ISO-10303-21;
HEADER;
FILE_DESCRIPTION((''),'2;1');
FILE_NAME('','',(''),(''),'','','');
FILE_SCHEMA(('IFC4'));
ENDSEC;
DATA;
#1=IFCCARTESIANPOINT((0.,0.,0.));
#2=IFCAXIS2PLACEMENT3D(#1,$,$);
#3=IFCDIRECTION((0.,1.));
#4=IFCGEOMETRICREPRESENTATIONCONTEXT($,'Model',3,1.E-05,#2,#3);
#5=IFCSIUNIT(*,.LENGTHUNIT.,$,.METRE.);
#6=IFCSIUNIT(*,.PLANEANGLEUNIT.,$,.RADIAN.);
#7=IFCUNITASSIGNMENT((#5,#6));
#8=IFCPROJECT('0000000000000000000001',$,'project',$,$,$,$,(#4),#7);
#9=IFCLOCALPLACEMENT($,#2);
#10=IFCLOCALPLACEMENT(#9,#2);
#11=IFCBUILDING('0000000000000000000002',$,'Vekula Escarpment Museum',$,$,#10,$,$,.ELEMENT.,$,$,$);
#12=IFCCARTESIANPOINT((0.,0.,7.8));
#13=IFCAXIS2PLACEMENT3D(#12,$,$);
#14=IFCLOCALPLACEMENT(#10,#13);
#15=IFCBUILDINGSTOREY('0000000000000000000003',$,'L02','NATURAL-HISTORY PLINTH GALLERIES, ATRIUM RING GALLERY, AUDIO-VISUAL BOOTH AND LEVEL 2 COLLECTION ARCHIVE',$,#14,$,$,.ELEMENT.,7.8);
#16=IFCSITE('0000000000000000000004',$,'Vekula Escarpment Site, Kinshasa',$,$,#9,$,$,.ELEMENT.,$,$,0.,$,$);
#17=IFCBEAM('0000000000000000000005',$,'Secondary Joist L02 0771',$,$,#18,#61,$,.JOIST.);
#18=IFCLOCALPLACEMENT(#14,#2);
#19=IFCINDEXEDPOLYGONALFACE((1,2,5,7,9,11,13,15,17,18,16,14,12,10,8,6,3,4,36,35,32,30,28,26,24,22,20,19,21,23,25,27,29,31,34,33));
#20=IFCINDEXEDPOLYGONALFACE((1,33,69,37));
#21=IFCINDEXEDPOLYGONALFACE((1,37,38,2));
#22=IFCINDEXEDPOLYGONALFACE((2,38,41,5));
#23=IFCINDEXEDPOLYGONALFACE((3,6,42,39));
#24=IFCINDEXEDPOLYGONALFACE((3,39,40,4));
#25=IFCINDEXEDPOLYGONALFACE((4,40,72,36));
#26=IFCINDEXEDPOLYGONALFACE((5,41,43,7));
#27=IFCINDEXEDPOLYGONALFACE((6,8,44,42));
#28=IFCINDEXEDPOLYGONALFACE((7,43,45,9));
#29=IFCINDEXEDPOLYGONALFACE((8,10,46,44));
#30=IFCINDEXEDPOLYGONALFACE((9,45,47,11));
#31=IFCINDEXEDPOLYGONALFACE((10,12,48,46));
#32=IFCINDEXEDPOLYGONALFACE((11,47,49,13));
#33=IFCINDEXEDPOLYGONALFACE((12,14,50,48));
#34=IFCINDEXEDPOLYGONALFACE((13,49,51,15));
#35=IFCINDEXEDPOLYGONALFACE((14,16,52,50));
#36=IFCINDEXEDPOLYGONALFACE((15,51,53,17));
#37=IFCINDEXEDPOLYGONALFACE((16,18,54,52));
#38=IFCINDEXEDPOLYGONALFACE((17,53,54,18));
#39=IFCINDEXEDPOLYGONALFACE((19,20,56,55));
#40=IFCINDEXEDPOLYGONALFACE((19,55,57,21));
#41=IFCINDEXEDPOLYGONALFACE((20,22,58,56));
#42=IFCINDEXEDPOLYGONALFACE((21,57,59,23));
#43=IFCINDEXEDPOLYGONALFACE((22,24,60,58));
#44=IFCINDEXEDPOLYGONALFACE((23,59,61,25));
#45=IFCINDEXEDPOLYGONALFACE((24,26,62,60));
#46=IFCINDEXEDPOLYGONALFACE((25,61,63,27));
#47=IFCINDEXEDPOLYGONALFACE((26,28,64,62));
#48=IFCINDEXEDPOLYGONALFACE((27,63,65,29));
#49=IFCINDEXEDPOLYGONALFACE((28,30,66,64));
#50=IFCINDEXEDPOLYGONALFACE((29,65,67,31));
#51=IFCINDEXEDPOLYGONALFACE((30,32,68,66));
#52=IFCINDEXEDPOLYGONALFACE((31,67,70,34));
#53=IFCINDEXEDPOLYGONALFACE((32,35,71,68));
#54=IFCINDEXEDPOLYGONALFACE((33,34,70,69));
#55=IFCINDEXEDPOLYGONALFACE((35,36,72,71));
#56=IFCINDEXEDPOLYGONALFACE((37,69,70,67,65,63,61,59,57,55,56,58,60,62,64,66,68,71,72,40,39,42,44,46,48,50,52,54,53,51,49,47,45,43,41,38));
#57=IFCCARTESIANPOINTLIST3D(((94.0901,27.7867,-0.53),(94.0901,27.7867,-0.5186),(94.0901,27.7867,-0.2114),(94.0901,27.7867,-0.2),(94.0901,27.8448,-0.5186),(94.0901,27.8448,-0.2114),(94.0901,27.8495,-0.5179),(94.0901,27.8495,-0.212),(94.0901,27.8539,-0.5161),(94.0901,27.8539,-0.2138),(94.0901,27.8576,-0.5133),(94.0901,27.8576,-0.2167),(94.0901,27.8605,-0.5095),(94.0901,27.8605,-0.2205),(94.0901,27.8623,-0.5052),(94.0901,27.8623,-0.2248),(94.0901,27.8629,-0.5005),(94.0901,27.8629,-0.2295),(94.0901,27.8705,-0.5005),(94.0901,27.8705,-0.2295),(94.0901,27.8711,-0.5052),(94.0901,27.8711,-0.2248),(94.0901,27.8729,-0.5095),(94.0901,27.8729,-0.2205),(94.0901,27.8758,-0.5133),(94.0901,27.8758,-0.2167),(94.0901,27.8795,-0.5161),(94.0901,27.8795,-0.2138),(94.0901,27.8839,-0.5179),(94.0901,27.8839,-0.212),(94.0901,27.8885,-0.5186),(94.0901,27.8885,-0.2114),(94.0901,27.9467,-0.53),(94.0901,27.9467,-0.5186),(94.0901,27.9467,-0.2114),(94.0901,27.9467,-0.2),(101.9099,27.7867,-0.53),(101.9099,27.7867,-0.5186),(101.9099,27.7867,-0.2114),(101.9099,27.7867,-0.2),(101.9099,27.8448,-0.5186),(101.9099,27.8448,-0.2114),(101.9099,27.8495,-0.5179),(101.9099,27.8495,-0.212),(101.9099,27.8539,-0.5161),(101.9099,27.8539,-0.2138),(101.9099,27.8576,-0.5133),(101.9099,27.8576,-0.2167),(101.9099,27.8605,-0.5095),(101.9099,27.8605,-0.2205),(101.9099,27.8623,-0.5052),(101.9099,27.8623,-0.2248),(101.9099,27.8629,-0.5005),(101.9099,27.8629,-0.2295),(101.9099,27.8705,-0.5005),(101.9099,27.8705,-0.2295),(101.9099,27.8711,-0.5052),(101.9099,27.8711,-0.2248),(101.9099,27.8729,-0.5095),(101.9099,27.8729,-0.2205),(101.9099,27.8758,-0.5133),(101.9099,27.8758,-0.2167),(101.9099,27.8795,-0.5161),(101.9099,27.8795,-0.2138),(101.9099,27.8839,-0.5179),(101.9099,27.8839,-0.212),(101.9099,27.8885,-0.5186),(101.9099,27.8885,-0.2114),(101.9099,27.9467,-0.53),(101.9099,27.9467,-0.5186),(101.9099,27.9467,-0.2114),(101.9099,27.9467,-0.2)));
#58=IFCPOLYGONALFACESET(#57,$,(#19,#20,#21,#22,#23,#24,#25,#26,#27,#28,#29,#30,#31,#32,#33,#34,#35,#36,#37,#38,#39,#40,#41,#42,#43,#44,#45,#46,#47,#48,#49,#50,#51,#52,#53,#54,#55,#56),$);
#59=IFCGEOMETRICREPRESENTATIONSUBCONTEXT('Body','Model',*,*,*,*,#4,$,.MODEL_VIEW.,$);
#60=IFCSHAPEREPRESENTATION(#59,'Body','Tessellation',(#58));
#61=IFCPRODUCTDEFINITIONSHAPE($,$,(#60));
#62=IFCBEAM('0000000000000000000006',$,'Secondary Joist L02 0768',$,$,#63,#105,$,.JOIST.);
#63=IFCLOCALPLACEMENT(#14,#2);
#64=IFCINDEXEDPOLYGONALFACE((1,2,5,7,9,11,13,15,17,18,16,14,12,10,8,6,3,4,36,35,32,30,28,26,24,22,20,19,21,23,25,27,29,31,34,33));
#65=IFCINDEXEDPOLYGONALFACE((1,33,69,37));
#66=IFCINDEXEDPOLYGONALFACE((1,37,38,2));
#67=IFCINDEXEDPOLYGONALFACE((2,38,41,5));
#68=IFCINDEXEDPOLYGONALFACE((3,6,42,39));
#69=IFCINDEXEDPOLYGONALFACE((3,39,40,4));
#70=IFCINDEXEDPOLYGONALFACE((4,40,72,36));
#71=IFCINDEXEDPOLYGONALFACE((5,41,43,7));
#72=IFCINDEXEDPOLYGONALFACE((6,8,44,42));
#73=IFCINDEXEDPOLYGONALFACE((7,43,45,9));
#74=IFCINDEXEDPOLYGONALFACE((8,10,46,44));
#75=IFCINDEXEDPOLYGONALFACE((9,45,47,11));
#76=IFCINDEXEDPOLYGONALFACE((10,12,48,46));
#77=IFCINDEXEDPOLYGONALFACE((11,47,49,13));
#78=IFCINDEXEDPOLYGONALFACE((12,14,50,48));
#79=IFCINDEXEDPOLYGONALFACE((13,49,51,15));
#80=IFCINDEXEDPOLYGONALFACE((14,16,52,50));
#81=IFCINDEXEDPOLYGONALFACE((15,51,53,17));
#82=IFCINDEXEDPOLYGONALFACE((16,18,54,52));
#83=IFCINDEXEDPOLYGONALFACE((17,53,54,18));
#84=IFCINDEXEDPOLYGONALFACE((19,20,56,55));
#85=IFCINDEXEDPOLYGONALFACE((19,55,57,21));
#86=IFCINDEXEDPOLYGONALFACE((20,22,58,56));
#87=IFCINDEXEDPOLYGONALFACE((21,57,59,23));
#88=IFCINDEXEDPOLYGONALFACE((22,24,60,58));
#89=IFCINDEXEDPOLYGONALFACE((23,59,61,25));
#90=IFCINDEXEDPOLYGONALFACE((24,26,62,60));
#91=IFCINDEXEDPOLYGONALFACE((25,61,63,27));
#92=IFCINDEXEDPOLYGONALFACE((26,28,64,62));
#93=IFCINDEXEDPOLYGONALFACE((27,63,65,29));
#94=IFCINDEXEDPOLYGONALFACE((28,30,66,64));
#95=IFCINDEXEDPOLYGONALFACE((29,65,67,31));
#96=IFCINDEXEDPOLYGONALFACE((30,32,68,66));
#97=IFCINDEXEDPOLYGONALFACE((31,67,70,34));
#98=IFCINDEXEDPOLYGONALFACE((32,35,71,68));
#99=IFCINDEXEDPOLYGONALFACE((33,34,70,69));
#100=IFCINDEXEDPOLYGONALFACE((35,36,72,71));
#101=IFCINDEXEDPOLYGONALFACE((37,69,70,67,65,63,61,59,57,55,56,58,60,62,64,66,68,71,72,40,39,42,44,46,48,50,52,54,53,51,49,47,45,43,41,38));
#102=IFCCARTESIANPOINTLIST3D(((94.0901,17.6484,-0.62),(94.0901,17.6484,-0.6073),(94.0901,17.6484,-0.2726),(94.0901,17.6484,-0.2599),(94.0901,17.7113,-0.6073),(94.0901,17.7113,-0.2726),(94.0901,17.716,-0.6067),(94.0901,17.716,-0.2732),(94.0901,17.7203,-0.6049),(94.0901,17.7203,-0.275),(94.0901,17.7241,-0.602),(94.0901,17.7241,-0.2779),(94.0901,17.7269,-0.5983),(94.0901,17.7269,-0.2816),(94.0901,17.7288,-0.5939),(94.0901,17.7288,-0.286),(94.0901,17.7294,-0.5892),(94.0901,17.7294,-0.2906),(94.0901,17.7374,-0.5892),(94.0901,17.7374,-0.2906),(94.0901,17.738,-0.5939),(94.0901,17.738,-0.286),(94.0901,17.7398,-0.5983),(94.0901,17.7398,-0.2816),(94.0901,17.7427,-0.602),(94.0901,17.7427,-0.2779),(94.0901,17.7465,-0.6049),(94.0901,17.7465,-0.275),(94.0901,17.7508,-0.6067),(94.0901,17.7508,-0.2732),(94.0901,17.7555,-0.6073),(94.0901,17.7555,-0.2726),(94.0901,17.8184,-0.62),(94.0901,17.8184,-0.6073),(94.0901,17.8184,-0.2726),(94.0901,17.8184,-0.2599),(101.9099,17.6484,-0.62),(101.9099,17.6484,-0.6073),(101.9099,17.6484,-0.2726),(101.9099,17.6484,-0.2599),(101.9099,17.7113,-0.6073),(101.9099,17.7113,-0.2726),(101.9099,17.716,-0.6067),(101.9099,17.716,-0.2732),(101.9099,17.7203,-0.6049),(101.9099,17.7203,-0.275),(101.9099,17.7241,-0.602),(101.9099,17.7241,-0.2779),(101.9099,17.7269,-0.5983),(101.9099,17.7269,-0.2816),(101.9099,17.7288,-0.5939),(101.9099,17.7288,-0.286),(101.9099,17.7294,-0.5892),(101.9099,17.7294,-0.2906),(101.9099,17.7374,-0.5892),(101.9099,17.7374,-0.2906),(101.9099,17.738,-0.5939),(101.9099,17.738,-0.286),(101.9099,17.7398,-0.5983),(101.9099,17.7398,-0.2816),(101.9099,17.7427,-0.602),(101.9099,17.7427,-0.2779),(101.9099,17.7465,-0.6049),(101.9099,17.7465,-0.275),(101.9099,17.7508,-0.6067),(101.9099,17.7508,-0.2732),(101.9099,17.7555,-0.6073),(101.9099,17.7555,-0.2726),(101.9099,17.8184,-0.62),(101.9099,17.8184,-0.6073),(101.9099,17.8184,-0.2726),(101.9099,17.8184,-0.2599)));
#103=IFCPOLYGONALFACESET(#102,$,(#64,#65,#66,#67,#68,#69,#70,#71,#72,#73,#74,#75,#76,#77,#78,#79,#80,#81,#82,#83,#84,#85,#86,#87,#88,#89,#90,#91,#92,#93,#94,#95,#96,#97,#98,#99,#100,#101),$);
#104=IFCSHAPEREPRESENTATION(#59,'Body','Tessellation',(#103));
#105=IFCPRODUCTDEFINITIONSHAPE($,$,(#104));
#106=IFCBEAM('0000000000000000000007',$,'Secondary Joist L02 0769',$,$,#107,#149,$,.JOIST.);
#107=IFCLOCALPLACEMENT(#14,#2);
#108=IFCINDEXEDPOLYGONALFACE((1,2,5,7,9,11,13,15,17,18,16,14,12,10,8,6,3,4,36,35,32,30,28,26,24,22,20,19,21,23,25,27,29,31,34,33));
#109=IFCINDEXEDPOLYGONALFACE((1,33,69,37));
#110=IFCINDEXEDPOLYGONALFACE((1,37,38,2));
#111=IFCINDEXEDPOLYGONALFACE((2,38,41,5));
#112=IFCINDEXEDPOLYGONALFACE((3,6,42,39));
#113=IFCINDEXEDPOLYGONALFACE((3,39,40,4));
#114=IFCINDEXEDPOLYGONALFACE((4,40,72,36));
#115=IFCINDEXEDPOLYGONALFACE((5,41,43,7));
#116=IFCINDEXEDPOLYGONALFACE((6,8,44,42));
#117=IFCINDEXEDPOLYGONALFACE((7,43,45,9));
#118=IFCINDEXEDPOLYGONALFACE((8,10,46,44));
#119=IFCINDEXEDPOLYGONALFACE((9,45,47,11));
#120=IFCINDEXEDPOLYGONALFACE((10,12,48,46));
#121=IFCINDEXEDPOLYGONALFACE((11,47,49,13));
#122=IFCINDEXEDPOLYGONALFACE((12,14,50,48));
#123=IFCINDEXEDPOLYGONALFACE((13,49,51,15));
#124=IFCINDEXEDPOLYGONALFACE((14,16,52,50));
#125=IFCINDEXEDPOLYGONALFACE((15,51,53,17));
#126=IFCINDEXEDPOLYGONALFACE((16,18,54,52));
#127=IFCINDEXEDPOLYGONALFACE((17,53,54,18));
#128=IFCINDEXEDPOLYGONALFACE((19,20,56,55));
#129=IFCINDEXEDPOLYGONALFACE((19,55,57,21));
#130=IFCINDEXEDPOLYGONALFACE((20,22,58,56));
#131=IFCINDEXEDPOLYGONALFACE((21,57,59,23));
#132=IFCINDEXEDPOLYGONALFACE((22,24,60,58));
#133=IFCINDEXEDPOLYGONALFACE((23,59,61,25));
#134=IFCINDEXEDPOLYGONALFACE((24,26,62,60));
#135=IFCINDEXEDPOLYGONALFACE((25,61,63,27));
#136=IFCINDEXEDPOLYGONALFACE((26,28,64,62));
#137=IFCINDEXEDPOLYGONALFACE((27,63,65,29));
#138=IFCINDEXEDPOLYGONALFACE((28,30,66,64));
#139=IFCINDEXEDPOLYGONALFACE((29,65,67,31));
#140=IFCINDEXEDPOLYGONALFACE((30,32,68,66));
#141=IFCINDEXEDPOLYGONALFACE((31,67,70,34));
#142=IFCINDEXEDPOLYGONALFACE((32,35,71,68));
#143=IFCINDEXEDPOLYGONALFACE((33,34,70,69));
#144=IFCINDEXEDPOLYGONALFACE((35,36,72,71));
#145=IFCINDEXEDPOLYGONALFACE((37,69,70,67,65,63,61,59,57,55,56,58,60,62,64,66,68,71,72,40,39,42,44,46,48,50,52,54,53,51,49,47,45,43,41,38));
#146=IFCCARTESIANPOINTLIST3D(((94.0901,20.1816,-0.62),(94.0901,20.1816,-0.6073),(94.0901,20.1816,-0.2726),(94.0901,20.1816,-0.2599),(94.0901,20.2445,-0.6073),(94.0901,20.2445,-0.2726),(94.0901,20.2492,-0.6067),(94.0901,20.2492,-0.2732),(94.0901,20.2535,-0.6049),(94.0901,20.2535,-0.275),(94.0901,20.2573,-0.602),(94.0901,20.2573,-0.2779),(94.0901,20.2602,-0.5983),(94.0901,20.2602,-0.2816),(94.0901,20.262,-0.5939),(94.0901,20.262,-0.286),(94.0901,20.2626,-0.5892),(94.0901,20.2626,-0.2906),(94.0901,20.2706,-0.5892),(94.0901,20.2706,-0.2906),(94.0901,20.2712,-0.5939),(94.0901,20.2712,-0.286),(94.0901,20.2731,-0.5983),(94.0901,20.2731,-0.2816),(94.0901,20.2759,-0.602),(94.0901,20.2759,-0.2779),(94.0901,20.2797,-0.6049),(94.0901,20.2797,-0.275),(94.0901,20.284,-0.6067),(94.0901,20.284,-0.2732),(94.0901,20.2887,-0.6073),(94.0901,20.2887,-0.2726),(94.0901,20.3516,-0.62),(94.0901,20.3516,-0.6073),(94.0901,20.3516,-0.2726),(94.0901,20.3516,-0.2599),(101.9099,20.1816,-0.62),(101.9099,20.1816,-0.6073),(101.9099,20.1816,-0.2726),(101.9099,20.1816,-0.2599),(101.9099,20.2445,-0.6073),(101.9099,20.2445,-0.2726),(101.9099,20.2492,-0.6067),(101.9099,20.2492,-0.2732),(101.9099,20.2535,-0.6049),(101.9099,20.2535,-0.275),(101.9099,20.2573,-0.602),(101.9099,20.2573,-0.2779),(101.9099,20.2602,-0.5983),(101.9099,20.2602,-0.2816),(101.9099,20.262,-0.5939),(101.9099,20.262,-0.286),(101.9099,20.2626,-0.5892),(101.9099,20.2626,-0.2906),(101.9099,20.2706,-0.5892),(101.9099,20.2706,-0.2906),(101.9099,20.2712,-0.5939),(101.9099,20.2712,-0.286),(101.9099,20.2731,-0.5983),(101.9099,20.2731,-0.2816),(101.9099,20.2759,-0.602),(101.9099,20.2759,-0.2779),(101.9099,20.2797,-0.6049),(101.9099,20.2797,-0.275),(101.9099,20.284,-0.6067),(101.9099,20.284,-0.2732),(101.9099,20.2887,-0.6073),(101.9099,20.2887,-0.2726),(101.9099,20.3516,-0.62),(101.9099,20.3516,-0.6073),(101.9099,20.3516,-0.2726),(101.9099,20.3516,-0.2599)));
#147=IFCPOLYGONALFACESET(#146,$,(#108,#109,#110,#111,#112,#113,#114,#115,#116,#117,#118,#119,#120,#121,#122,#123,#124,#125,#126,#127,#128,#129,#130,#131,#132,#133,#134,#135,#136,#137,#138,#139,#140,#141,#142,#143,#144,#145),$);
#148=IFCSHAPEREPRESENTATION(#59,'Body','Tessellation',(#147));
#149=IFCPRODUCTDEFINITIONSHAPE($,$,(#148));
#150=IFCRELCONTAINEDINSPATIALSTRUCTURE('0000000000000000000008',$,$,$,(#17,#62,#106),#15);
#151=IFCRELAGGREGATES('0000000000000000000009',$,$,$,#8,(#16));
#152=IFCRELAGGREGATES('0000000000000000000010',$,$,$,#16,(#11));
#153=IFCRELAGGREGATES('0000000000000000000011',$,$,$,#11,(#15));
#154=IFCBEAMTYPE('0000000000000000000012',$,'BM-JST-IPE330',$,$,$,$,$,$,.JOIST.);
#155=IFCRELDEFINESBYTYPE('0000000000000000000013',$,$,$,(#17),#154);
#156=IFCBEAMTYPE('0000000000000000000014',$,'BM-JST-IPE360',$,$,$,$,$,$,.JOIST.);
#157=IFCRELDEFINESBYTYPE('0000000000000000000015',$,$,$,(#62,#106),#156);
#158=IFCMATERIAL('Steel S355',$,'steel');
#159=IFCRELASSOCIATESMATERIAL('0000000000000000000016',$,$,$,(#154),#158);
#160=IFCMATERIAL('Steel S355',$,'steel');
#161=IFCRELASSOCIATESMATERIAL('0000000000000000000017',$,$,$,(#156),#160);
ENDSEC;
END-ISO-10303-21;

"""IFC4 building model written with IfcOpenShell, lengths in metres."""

from ifc_helpers import new_model, si_unit, direction, frame, origin, origin_2d, place, context, subcontext, project, spatial, i_section, extrude, material, material_profile, profile_set, type_object, element, save


model = new_model("IFC4")

# Units and contexts
model_context = context("Model", 3, precision=1e-05, world=origin(), true_north=direction((0.0, 1.0)))
body_context = subcontext(model_context, "Body", "Model", "MODEL_VIEW")
ifc_project = project(units=[si_unit("LENGTHUNIT", "METRE"), si_unit("PLANEANGLEUNIT", "RADIAN")], contexts=[model_context])

# Site, building, storey
site_placement = place(None, origin())
site = spatial("IfcSite", under=ifc_project, at=site_placement, Name="Vekula Escarpment Site, Kinshasa", CompositionType="ELEMENT", RefElevation=0.0)
building_placement = place(site_placement, origin())
building = spatial("IfcBuilding", under=site, at=building_placement, Name="Vekula Escarpment Museum", CompositionType="ELEMENT")
storey_placement = place(building_placement, frame((0.0, 0.0, 7.8)))
storey = spatial("IfcBuildingStorey", under=building, at=storey_placement, Name="L02", Description="NATURAL-HISTORY PLINTH GALLERIES, ATRIUM RING GALLERY, AUDIO-VISUAL BOOTH AND LEVEL 2 COLLECTION ARCHIVE", CompositionType="ELEMENT", Elevation=7.8)

# Beams
ifc_material_1 = material(Name="Steel S355", Category="steel")
ifc_material_profile_1 = material_profile(ifc_material_1, i_section(OverallWidth=0.1599, OverallDepth=0.3301, WebThickness=0.0076, FlangeThickness=0.0115, FilletRadius=0.0181, at=origin_2d()), Name="IPE 330")
ifc_profile_set_1 = profile_set([ifc_material_profile_1], Name="Steel S355")
beam_type_1 = type_object("IfcBeamType", Name="BM-JST-IPE330", PredefinedType="JOIST", material=ifc_profile_set_1)
for number, where, z_axis, x_axis, name in (
    (1, (94.0901, 27.8667, -0.365), (1.0, 0.0, 0.0), (0.0, 1.0, 0.0), "Secondary Joist L02 0771"),
):
    element("IfcBeam", number, at=place(storey_placement, frame(where, z_axis=z_axis, x_axis=x_axis)), inside=storey, type_object=beam_type_1, Name=name, PredefinedType="JOIST", context=body_context, shape_type="SweptSolid", body=[
        extrude(i_section(OverallWidth=0.1599, OverallDepth=0.3301, WebThickness=0.0076, FlangeThickness=0.0115, FilletRadius=0.0181, at=origin_2d()), origin(), (0.0, 0.0, 1.0), 7.8198),
    ])
ifc_material_2 = material(Name="Steel S355", Category="steel")
ifc_material_profile_2 = material_profile(ifc_material_2, i_section(OverallWidth=0.1699, OverallDepth=0.3601, WebThickness=0.0081, FlangeThickness=0.0127, FilletRadius=0.0181, at=origin_2d()), Name="IPE 360")
ifc_profile_set_2 = profile_set([ifc_material_profile_2], Name="Steel S355")
beam_type_2 = type_object("IfcBeamType", Name="BM-JST-IPE360", PredefinedType="JOIST", material=ifc_profile_set_2)
for number, where, z_axis, x_axis, name in (
    (2, (94.0901, 17.7334, -0.4399), (1.0, 0.0, 0.0), (0.0, 1.0, 0.0), "Secondary Joist L02 0768"),
    (3, (94.0901, 20.2666, -0.4399), (1.0, 0.0, 0.0), (0.0, 1.0, 0.0), "Secondary Joist L02 0769"),
):
    element("IfcBeam", number, at=place(storey_placement, frame(where, z_axis=z_axis, x_axis=x_axis)), inside=storey, type_object=beam_type_2, Name=name, PredefinedType="JOIST", context=body_context, shape_type="SweptSolid", body=[
        extrude(i_section(OverallWidth=0.1699, OverallDepth=0.3601, WebThickness=0.0081, FlangeThickness=0.0127, FilletRadius=0.0181, at=origin_2d()), origin(), (0.0, 0.0, 1.0), 7.8198),
    ])

save(model, "model.ifc")
